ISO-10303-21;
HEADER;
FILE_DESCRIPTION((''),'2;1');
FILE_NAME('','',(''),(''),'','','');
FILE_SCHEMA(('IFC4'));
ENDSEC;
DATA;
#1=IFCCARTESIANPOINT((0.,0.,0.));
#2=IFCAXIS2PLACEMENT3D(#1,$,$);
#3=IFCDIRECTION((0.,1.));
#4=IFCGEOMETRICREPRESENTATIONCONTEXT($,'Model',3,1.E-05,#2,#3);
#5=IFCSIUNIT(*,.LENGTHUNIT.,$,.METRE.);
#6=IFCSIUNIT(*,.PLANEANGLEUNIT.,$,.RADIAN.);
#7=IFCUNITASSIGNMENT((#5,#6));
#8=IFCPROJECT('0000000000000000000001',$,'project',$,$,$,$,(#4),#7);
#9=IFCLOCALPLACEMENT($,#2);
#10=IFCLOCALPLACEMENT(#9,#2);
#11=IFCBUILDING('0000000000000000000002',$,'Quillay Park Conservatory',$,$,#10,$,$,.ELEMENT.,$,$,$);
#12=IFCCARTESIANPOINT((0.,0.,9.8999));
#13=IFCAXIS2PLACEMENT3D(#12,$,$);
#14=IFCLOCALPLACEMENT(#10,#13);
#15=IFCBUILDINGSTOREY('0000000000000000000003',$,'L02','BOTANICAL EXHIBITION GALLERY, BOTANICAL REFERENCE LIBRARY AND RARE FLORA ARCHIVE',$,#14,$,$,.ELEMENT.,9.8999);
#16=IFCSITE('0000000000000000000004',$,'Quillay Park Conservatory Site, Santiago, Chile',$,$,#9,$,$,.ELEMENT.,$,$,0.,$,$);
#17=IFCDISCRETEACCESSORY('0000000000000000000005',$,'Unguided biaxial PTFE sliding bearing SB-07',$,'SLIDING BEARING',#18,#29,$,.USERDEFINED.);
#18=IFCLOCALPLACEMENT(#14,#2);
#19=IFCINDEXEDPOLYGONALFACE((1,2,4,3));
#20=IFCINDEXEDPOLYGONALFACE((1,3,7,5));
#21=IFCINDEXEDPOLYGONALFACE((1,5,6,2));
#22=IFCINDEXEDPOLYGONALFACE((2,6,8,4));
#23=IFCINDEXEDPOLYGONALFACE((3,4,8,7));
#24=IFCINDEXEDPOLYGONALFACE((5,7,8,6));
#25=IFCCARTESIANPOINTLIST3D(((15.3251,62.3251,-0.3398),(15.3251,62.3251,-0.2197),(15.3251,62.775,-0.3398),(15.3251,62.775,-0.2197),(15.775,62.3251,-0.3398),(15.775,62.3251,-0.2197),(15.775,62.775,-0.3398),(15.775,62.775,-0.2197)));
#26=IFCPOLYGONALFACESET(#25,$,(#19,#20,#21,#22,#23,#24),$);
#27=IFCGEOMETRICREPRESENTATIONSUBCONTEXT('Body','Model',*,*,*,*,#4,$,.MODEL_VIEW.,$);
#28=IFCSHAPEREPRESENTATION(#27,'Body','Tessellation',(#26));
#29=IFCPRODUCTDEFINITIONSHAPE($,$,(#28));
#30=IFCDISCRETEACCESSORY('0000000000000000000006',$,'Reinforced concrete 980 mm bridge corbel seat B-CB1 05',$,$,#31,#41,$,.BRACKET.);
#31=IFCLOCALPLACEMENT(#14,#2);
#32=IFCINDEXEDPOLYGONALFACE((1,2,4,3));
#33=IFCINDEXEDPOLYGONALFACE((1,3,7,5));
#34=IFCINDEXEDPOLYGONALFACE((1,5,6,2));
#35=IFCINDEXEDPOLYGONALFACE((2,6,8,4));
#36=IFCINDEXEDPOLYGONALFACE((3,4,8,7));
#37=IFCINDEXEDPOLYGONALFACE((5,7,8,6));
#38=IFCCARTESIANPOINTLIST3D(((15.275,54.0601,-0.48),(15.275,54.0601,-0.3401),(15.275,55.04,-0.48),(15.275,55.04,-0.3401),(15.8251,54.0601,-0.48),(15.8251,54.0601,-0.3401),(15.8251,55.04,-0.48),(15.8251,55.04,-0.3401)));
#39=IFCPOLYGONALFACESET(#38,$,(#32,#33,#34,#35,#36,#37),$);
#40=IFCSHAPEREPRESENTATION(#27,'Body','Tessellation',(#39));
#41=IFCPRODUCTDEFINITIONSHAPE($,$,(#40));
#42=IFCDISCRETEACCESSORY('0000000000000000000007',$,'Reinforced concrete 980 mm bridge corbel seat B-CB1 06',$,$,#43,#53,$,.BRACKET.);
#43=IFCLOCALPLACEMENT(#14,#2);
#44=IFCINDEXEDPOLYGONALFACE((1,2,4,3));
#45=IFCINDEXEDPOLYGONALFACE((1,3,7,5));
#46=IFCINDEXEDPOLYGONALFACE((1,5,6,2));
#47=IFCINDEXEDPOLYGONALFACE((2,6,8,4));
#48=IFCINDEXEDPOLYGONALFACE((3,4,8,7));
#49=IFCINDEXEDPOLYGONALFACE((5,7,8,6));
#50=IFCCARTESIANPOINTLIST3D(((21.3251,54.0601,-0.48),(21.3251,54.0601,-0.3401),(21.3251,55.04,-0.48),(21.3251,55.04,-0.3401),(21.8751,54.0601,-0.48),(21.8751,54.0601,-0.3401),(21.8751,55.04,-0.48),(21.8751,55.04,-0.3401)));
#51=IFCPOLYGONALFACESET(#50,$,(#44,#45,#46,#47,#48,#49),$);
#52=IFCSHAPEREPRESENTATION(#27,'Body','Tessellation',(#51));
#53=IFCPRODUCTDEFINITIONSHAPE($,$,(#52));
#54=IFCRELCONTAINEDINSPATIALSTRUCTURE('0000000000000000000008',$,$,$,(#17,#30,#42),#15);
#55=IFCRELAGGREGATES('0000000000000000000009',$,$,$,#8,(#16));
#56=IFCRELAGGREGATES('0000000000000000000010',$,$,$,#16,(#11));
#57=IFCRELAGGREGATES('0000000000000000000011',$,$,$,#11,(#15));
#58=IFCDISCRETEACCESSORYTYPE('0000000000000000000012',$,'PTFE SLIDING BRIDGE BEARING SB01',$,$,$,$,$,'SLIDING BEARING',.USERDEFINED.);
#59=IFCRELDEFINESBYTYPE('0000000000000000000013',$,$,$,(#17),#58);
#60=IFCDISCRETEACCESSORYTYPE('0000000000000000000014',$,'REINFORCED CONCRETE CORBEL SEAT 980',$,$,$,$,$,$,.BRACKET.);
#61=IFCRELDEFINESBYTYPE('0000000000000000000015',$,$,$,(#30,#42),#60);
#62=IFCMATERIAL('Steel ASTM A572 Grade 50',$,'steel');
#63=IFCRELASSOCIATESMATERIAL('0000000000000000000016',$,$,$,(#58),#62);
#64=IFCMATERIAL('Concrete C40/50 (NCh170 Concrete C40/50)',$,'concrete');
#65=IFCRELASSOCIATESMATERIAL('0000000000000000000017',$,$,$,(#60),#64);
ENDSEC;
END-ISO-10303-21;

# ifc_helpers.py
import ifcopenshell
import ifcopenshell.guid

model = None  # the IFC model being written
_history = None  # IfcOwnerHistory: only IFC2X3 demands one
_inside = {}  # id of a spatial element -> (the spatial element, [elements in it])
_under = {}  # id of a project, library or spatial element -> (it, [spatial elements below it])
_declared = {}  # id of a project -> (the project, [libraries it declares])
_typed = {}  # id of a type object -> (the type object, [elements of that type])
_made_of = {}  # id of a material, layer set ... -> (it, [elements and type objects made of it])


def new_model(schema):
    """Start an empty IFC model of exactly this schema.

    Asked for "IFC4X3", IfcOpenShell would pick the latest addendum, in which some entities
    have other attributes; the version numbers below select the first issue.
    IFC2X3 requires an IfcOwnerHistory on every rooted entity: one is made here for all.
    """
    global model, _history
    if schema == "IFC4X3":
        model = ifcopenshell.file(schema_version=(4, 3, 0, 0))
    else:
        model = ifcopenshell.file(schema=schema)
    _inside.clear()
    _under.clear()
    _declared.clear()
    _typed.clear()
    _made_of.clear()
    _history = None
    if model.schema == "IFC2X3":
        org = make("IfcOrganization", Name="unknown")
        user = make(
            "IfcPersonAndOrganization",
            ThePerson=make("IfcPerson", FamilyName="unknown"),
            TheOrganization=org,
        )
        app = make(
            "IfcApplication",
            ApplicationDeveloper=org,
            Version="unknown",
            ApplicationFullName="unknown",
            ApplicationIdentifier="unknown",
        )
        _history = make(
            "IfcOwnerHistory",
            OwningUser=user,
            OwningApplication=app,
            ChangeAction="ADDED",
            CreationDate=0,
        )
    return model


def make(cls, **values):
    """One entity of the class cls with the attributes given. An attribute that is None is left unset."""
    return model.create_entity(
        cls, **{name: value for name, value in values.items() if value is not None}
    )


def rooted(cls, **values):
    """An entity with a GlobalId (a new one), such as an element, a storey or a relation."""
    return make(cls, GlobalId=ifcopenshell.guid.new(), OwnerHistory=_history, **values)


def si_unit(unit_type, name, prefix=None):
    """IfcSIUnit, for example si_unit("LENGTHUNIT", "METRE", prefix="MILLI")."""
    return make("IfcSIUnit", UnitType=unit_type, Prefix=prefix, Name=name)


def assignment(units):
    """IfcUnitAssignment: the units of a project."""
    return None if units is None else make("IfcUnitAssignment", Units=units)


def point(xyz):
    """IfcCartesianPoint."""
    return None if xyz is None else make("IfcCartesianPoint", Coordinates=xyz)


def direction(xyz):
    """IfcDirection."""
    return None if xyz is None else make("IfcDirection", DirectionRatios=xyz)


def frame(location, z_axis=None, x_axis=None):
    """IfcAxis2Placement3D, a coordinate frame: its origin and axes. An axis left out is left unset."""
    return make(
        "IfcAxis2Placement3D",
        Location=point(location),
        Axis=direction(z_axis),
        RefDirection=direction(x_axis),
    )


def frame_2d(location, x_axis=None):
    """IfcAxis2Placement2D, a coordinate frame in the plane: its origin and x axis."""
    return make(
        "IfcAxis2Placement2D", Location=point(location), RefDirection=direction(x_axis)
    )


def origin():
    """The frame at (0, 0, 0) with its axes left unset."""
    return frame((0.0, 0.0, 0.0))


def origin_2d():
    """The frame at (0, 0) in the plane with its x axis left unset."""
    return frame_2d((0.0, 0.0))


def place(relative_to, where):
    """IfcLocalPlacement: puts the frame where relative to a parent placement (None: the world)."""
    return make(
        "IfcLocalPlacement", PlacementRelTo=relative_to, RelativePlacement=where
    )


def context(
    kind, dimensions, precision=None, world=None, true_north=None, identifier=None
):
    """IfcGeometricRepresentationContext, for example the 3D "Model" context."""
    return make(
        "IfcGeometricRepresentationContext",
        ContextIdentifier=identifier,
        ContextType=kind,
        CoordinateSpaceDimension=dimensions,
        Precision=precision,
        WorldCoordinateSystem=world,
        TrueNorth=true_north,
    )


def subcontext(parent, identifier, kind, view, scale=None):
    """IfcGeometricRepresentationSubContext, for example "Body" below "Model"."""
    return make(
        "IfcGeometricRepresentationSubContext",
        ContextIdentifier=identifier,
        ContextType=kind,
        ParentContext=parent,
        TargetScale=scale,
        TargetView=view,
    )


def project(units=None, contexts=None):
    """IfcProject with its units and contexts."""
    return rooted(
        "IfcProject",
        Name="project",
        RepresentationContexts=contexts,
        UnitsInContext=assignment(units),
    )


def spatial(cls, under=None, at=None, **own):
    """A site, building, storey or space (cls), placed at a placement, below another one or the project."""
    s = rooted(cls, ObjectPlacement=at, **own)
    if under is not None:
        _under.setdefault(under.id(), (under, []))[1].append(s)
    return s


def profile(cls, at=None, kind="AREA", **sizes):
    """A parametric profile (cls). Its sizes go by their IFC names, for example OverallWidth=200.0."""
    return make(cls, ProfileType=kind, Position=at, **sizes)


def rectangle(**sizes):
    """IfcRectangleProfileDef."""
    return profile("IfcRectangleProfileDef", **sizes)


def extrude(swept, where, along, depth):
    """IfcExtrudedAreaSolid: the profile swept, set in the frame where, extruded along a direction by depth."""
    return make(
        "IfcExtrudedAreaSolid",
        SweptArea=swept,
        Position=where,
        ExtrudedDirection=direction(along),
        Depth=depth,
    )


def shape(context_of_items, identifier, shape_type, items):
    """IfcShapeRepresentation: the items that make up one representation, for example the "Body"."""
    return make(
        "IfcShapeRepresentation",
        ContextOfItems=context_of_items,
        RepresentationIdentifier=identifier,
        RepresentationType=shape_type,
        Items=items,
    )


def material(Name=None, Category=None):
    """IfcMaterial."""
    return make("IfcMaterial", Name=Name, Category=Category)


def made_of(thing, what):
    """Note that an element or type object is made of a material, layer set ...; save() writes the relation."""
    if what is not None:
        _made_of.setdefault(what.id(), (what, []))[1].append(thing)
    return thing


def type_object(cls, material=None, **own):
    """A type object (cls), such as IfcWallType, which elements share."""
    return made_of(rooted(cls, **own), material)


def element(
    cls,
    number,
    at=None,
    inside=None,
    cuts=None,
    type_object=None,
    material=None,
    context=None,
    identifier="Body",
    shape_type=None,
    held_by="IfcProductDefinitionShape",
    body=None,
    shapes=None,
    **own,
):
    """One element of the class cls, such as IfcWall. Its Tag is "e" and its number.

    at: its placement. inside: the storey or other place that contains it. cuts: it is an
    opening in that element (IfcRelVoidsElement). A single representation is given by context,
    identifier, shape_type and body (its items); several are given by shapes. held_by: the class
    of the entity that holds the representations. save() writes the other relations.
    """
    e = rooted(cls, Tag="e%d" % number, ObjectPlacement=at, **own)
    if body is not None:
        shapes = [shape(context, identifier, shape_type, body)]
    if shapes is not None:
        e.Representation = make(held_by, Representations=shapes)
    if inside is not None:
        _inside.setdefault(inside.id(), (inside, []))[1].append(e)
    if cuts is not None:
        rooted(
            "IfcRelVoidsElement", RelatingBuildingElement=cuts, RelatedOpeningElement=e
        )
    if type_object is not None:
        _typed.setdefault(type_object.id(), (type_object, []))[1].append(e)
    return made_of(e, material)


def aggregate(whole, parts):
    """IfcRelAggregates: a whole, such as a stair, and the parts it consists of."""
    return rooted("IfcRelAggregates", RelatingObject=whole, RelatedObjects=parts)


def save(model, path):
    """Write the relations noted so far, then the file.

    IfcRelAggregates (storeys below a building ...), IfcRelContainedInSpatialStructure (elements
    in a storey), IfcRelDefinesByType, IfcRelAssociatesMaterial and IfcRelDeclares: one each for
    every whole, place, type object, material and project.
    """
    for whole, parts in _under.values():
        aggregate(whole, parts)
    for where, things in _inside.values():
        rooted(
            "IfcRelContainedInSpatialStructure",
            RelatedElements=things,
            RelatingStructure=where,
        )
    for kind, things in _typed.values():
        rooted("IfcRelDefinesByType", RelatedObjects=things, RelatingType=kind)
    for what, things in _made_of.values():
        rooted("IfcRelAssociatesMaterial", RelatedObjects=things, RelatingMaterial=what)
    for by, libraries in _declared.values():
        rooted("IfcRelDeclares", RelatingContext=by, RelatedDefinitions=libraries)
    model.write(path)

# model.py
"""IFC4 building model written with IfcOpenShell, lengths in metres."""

from ifc_helpers import new_model, si_unit, direction, frame, origin, origin_2d, place, context, subcontext, project, spatial, rectangle, extrude, material, type_object, element, save


model = new_model("IFC4")

# Units and contexts
model_context = context("Model", 3, precision=1e-05, world=origin(), true_north=direction((0.0, 1.0)))
body_context = subcontext(model_context, "Body", "Model", "MODEL_VIEW")
ifc_project = project(units=[si_unit("LENGTHUNIT", "METRE"), si_unit("PLANEANGLEUNIT", "RADIAN")], contexts=[model_context])

# Site, building, storey
site_placement = place(None, origin())
site = spatial("IfcSite", under=ifc_project, at=site_placement, Name="Quillay Park Conservatory Site, Santiago, Chile", CompositionType="ELEMENT", RefElevation=0.0)
building_placement = place(site_placement, origin())
building = spatial("IfcBuilding", under=site, at=building_placement, Name="Quillay Park Conservatory", CompositionType="ELEMENT")
storey_placement = place(building_placement, frame((0.0, 0.0, 9.8999)))
storey = spatial("IfcBuildingStorey", under=building, at=storey_placement, Name="L02", Description="BOTANICAL EXHIBITION GALLERY, BOTANICAL REFERENCE LIBRARY AND RARE FLORA ARCHIVE", CompositionType="ELEMENT", Elevation=9.8999)

# Discrete accessories
ifc_material_1 = material(Name="Steel ASTM A572 Grade 50", Category="steel")
discrete_accessory_type_1 = type_object("IfcDiscreteAccessoryType", Name="PTFE SLIDING BRIDGE BEARING SB01", ElementType="SLIDING BEARING", PredefinedType="USERDEFINED", material=ifc_material_1)
for number, where, z_axis, x_axis, name in (
    (1, (15.55, 62.55, -0.3398), (0.0, 0.0, 1.0), (1.0, 0.0, 0.0), "Unguided biaxial PTFE sliding bearing SB-07"),
):
    element("IfcDiscreteAccessory", number, at=place(storey_placement, frame(where, z_axis=z_axis, x_axis=x_axis)), inside=storey, type_object=discrete_accessory_type_1, Name=name, ObjectType="SLIDING BEARING", PredefinedType="USERDEFINED", context=body_context, shape_type="SweptSolid", body=[
        extrude(rectangle(XDim=0.45, YDim=0.45, at=origin_2d()), origin(), (0.0, 0.0, 1.0), 0.1201),
    ])
ifc_material_2 = material(Name="Concrete C40/50 (NCh170 Concrete C40/50)", Category="concrete")
discrete_accessory_type_2 = type_object("IfcDiscreteAccessoryType", Name="REINFORCED CONCRETE CORBEL SEAT 980", PredefinedType="BRACKET", material=ifc_material_2)
for number, where, z_axis, x_axis, name in (
    (2, (15.55, 54.55, -0.48), (0.0, 0.0, 1.0), (1.0, 0.0, 0.0), "Reinforced concrete 980 mm bridge corbel seat B-CB1 05"),
    (3, (21.6001, 54.55, -0.48), (0.0, 0.0, 1.0), (1.0, 0.0, 0.0), "Reinforced concrete 980 mm bridge corbel seat B-CB1 06"),
):
    element("IfcDiscreteAccessory", number, at=place(storey_placement, frame(where, z_axis=z_axis, x_axis=x_axis)), inside=storey, type_object=discrete_accessory_type_2, Name=name, PredefinedType="BRACKET", context=body_context, shape_type="SweptSolid", body=[
        extrude(rectangle(XDim=0.55, YDim=0.98, at=origin_2d()), origin(), (0.0, 0.0, 1.0), 0.1399),
    ])

save(model, "model.ifc")
